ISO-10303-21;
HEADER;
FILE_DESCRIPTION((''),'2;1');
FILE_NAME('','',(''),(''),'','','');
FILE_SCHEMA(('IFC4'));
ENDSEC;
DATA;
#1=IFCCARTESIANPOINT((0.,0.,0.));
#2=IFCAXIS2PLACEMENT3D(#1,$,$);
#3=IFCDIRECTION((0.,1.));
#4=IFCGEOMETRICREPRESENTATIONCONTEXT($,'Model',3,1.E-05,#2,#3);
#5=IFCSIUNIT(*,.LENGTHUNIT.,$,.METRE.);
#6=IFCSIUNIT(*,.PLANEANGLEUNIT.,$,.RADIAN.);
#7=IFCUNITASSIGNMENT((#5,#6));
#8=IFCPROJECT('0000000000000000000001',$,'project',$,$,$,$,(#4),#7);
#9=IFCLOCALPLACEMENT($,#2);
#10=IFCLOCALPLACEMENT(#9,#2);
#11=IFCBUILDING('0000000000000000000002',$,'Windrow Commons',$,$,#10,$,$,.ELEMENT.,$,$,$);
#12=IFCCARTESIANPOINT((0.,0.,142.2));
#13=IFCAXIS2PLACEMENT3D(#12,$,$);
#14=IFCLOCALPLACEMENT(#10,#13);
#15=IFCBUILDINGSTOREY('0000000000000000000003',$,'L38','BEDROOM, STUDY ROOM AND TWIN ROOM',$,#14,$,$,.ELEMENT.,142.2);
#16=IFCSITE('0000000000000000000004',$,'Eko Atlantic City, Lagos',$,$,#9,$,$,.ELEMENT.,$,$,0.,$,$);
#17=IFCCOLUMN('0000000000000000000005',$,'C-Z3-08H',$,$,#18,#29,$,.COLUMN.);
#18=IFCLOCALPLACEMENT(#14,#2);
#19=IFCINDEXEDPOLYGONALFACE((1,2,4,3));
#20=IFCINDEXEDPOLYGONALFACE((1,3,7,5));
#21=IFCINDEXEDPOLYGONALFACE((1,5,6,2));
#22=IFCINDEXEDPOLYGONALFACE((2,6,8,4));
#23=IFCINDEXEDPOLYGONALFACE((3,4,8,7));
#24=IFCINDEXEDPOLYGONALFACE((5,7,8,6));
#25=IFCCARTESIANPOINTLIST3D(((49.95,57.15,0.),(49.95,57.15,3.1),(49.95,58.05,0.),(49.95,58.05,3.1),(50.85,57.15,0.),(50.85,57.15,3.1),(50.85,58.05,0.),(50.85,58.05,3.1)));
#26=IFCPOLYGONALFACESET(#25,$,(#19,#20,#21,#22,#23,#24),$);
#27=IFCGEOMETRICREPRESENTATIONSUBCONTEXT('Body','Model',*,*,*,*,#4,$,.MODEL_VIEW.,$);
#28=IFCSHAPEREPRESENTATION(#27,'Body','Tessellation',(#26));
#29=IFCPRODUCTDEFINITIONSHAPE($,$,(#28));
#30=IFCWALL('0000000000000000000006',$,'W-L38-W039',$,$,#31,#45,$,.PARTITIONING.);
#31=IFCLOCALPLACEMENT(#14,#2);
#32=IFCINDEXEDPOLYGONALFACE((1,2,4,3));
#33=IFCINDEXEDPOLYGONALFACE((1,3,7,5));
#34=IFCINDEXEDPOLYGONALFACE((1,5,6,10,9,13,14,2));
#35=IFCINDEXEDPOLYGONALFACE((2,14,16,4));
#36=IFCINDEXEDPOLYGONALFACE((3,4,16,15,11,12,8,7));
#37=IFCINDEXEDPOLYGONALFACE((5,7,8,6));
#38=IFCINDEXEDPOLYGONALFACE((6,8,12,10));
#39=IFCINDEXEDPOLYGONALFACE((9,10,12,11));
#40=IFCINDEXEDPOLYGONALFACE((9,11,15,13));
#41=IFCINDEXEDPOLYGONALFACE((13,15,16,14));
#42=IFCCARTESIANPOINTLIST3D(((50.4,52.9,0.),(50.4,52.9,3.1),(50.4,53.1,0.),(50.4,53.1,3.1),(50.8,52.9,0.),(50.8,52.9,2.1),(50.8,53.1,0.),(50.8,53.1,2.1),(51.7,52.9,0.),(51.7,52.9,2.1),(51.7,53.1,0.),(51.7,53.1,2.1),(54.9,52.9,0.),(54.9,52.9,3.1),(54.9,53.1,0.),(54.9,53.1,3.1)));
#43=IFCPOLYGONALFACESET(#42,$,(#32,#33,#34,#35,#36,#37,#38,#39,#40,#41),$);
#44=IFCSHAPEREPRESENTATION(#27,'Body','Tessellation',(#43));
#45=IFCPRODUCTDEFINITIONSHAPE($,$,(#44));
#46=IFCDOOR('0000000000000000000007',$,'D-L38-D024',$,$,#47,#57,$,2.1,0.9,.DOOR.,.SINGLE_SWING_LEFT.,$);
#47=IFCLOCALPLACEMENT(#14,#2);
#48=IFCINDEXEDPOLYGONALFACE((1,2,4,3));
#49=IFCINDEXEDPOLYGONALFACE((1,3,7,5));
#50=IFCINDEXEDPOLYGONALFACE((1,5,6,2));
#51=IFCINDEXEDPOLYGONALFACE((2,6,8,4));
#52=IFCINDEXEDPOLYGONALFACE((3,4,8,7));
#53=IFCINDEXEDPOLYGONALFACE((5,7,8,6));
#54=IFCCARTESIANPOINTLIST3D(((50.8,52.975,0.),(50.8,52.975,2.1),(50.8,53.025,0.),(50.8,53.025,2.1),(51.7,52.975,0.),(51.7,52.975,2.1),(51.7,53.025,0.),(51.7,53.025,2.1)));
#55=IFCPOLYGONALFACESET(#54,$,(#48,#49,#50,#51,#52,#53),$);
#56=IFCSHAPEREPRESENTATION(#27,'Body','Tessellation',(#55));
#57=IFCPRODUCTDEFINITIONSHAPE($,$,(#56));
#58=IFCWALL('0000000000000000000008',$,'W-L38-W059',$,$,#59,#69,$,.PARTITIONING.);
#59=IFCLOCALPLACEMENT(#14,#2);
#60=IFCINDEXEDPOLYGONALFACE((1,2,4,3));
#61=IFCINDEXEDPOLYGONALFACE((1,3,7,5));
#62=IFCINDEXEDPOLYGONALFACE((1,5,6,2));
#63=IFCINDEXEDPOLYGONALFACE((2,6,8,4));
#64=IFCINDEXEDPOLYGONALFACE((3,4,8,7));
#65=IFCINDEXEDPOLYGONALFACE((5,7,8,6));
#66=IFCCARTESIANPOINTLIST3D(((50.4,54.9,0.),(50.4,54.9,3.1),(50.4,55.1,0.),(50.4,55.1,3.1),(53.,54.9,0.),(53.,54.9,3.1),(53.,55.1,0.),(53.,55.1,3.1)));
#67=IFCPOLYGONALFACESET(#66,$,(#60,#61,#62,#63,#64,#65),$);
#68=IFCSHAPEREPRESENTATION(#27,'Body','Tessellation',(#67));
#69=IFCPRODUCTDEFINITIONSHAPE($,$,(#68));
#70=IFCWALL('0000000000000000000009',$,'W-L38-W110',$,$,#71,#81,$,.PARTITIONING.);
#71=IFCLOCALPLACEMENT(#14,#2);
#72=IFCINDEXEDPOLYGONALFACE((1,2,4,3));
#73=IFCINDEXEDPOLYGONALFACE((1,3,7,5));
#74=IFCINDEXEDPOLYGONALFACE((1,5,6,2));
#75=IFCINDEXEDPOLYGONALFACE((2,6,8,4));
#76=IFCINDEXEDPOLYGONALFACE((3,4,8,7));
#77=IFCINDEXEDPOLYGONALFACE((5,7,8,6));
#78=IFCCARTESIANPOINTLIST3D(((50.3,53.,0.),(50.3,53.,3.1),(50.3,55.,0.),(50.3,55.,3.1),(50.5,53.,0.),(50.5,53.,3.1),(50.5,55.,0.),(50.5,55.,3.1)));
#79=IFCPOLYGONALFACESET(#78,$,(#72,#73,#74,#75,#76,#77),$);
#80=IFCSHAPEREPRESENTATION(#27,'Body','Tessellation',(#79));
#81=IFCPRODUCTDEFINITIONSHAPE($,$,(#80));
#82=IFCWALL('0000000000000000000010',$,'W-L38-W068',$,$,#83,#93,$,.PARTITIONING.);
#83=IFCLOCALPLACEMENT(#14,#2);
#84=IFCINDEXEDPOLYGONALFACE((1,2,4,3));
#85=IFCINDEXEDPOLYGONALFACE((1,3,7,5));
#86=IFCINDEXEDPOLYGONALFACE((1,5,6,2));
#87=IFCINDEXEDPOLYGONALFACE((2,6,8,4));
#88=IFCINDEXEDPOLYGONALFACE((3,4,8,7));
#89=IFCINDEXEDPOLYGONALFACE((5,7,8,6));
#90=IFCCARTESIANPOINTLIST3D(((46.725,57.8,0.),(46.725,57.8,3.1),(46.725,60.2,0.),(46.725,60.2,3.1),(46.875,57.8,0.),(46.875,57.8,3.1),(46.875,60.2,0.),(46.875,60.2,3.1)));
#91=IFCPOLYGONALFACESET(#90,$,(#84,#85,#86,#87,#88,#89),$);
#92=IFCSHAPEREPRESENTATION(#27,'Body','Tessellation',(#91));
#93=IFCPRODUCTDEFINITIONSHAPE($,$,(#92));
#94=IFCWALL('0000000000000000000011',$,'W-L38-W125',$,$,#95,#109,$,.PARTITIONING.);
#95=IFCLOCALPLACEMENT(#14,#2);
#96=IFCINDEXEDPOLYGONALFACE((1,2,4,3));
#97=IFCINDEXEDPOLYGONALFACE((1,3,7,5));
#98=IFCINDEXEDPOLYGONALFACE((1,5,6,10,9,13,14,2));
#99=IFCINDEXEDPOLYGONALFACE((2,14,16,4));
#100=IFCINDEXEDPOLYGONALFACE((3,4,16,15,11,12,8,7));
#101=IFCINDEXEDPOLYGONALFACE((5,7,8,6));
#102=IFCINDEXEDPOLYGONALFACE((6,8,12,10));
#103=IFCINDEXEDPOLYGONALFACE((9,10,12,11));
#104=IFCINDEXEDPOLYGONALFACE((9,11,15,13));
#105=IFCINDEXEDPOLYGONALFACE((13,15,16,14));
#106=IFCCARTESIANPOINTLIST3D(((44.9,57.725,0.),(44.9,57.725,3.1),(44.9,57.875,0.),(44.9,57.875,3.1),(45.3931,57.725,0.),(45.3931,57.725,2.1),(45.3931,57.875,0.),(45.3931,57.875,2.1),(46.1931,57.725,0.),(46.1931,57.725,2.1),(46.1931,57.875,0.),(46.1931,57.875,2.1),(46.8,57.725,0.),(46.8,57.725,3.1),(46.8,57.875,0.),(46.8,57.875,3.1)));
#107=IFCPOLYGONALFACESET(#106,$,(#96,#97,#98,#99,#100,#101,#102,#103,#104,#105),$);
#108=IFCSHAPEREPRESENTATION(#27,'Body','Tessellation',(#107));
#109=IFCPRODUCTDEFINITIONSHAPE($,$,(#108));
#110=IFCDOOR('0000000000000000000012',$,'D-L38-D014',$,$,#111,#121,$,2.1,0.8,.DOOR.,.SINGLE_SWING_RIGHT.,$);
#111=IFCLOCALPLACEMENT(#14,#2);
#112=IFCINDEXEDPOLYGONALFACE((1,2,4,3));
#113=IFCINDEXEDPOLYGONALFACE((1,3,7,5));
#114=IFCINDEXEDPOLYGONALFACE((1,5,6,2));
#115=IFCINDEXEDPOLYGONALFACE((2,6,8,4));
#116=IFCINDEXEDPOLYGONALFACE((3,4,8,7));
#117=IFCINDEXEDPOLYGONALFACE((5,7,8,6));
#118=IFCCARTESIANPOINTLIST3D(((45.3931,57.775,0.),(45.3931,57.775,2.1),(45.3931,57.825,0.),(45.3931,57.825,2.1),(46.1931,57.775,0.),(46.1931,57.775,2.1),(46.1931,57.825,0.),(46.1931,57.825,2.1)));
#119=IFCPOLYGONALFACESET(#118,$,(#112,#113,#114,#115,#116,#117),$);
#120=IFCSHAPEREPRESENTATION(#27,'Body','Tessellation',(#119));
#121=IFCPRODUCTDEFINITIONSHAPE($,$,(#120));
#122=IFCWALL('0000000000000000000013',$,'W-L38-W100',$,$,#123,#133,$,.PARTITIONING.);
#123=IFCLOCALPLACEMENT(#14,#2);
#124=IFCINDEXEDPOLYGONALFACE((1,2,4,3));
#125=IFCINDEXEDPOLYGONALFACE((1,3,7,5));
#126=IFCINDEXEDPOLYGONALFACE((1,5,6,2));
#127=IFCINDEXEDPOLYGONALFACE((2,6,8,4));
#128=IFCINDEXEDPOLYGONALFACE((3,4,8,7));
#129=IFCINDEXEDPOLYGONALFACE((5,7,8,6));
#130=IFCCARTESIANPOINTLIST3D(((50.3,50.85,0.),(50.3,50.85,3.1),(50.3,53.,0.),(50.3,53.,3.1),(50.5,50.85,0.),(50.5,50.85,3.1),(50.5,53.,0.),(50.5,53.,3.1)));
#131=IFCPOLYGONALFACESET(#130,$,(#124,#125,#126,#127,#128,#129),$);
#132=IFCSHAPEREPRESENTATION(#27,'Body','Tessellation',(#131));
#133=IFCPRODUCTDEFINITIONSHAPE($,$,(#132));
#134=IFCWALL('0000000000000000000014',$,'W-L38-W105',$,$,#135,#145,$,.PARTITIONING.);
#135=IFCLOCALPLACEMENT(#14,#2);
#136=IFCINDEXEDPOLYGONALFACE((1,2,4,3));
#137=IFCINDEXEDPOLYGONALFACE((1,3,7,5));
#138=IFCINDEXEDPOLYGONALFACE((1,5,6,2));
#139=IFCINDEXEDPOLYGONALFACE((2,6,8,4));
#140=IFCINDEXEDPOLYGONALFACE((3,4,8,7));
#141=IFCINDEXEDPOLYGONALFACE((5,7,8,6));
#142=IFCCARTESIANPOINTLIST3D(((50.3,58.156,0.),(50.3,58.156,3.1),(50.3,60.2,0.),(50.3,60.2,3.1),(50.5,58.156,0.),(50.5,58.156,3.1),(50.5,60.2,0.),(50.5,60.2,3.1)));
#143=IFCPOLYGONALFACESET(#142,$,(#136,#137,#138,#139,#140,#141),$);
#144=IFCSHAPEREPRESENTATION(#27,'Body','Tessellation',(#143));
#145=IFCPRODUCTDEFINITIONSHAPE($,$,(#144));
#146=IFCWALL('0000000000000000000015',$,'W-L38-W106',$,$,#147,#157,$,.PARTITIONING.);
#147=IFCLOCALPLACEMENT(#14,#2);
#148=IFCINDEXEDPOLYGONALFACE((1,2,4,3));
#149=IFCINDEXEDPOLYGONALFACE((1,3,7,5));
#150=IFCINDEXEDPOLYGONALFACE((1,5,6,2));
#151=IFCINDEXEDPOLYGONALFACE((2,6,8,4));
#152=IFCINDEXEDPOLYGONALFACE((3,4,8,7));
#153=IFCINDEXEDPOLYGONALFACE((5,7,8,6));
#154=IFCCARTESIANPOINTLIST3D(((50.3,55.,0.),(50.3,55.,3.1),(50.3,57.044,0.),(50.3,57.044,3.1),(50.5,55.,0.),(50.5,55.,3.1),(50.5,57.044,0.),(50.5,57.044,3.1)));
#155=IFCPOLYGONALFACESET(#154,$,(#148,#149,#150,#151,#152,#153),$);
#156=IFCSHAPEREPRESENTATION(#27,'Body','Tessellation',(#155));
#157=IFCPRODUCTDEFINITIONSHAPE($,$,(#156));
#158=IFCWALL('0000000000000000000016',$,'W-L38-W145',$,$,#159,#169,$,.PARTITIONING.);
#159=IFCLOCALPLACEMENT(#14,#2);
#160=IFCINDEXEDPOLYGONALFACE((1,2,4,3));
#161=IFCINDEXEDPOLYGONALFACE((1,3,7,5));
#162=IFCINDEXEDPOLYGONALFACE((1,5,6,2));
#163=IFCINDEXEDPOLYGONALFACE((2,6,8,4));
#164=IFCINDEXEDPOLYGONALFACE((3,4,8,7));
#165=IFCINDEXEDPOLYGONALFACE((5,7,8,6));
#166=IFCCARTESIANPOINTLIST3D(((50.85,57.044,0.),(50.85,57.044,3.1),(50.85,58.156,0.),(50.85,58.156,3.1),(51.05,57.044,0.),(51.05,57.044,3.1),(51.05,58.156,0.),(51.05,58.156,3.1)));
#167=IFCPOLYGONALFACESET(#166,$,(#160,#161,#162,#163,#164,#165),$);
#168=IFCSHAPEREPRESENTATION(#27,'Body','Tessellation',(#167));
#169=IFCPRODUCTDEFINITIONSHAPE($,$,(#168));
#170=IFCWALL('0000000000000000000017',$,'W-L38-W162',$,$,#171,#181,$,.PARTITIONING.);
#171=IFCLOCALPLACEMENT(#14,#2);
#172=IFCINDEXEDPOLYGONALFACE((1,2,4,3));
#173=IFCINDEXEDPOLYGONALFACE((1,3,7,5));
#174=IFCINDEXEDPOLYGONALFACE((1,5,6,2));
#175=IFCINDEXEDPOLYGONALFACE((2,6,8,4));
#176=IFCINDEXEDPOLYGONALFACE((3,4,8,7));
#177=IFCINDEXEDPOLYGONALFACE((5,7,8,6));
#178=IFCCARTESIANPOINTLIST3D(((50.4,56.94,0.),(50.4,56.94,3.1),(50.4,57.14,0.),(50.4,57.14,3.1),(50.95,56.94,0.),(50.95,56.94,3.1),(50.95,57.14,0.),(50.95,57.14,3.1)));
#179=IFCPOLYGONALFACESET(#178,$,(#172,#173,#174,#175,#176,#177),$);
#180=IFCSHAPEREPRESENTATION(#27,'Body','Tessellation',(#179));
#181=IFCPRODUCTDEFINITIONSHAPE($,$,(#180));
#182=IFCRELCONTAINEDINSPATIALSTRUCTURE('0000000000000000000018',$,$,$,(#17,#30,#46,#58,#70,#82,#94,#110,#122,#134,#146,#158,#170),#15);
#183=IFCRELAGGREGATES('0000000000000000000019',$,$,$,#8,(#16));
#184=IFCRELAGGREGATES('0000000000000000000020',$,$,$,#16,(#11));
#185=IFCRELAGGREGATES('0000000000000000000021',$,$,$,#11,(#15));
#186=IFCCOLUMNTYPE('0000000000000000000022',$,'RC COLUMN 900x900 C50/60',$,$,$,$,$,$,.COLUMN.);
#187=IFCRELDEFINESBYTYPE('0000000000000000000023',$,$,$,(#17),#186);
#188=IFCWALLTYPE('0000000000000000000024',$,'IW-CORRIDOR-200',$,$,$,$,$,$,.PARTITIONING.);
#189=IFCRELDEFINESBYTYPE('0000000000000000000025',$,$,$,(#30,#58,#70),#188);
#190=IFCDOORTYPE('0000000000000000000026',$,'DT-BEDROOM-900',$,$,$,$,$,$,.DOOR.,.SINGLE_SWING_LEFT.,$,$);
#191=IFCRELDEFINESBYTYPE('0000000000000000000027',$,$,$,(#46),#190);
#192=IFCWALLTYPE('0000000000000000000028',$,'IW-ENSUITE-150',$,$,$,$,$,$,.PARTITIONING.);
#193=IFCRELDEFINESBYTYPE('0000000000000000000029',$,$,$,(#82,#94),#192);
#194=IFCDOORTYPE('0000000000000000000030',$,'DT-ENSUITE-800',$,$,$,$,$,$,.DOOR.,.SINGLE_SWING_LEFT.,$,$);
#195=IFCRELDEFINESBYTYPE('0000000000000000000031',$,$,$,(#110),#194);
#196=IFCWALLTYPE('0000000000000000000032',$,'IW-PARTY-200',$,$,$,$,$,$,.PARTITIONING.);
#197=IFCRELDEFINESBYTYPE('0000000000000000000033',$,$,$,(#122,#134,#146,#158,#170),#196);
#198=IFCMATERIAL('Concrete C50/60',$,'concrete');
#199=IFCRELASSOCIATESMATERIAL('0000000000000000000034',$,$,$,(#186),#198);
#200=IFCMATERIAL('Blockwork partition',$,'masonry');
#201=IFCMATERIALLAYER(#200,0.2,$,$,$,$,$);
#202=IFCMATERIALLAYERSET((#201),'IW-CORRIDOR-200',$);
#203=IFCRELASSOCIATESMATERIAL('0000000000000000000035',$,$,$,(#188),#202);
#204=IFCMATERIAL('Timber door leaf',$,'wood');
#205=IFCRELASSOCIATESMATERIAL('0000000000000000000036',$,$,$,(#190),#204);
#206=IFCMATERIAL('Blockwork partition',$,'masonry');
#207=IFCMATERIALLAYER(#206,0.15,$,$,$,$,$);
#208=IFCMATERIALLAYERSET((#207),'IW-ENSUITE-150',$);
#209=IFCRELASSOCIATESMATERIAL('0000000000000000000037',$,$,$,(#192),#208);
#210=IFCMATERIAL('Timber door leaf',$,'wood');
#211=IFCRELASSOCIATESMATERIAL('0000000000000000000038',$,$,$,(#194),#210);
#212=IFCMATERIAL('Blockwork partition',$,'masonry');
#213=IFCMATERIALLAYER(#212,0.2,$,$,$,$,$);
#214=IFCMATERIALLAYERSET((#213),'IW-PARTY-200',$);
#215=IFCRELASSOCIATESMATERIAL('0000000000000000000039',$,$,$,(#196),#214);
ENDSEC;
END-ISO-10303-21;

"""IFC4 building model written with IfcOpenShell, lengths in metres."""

from ifc_helpers import new_model, si_unit, direction, frame, frame_2d, origin, origin_2d, place, context, subcontext, project, spatial, rectangle, extrude, material, layer, layer_set, material_profile, profile_set, type_object, element, fill, save


model = new_model("IFC4")

# Units and contexts
model_context = context("Model", 3, precision=1e-05, world=origin(), true_north=direction((0.0, 1.0)))
body_context = subcontext(model_context, "Body", "Model", "MODEL_VIEW")
ifc_project = project(units=[si_unit("LENGTHUNIT", "METRE"), si_unit("PLANEANGLEUNIT", "RADIAN")], contexts=[model_context])

# Site, building, storey
site_placement = place(None, origin())
site = spatial("IfcSite", under=ifc_project, at=site_placement, Name="Eko Atlantic City, Lagos", CompositionType="ELEMENT", RefElevation=0.0)
building_placement = place(site_placement, origin())
building = spatial("IfcBuilding", under=site, at=building_placement, Name="Windrow Commons", CompositionType="ELEMENT")
storey_placement = place(building_placement, frame((0.0, 0.0, 142.2)))
storey = spatial("IfcBuildingStorey", under=building, at=storey_placement, Name="L38", Description="BEDROOM, STUDY ROOM AND TWIN ROOM", CompositionType="ELEMENT", Elevation=142.2)

# Column
ifc_material_1 = material(Name="Concrete C50/60", Category="concrete")
ifc_material_profile = material_profile(ifc_material_1, rectangle(XDim=0.9, YDim=0.9, at=origin_2d()))
ifc_profile_set = profile_set([ifc_material_profile], Name="Concrete C50/60")
column_type = type_object("IfcColumnType", Name="RC COLUMN 900x900 C50/60", PredefinedType="COLUMN", material=ifc_profile_set)
column_placement = place(storey_placement, frame((50.4, 57.6, 0.0), z_axis=(0.0, 0.0, 1.0), x_axis=(1.0, 0.0, 0.0)))
element("IfcColumn", 1, at=column_placement, inside=storey, type_object=column_type, Name="C-Z3-08H", PredefinedType="COLUMN", context=body_context, shape_type="SweptSolid", body=[
    extrude(rectangle(XDim=0.9, YDim=0.9, at=origin_2d()), origin(), (0.0, 0.0, 1.0), 3.1),
])

# Wall, opening, door
ifc_material_2 = material(Name="Blockwork partition", Category="masonry")
ifc_layer_1 = layer(ifc_material_2, 0.2)
ifc_layer_set_1 = layer_set([ifc_layer_1], Name="IW-CORRIDOR-200")
wall_type_1 = type_object("IfcWallType", Name="IW-CORRIDOR-200", PredefinedType="PARTITIONING", material=ifc_layer_set_1)
wall_1_placement = place(storey_placement, frame((50.4, 53.0, 0.0), z_axis=(0.0, 0.0, 1.0), x_axis=(1.0, 0.0, 0.0)))
wall_1 = element("IfcWall", 2, at=wall_1_placement, inside=storey, type_object=wall_type_1, Name="W-L38-W039", PredefinedType="PARTITIONING", context=body_context, shape_type="SweptSolid", body=[
    extrude(rectangle(XDim=4.5, YDim=0.2, at=frame_2d((2.25, 0.0))), origin(), (0.0, 0.0, 1.0), 3.1),
])
opening_1_placement = place(wall_1_placement, frame((0.4, 0.0, 0.0)))
opening_1 = element("IfcOpeningElement", 3, at=opening_1_placement, cuts=wall_1, PredefinedType="OPENING", context=body_context, shape_type="SweptSolid", body=[
    extrude(rectangle(XDim=0.9, YDim=2.1, at=frame_2d((0.45, 1.05))), frame((0.0, 0.11, 0.0), z_axis=(0.0, -1.0, 0.0), x_axis=(1.0, 0.0, 0.0)), (0.0, 0.0, 1.0), 0.22),
])
ifc_material_3 = material(Name="Timber door leaf", Category="wood")
door_type_1 = type_object("IfcDoorType", Name="DT-BEDROOM-900", OperationType="SINGLE_SWING_LEFT", PredefinedType="DOOR", material=ifc_material_3)
door_1_placement = place(opening_1_placement, origin())
door_1 = element("IfcDoor", 4, at=door_1_placement, inside=storey, type_object=door_type_1, Name="D-L38-D024", OperationType="SINGLE_SWING_LEFT", OverallHeight=2.1, OverallWidth=0.9, PredefinedType="DOOR", context=body_context, shape_type="SweptSolid", body=[
    extrude(rectangle(XDim=0.9, YDim=2.1, at=frame_2d((0.45, 1.05))), frame((0.0, 0.025, 0.0), z_axis=(0.0, -1.0, 0.0), x_axis=(1.0, 0.0, 0.0)), (0.0, 0.0, 1.0), 0.05),
])
fill(opening_1, door_1)

# Walls
wall_2_placement = place(storey_placement, frame((50.4, 55.0, 0.0), z_axis=(0.0, 0.0, 1.0), x_axis=(1.0, 0.0, 0.0)))
element("IfcWall", 5, at=wall_2_placement, inside=storey, type_object=wall_type_1, Name="W-L38-W059", PredefinedType="PARTITIONING", context=body_context, shape_type="SweptSolid", body=[
    extrude(rectangle(XDim=2.6, YDim=0.2, at=frame_2d((1.3, 0.0))), origin(), (0.0, 0.0, 1.0), 3.1),
])
wall_3_placement = place(storey_placement, frame((50.4, 53.0, 0.0), z_axis=(0.0, 0.0, 1.0), x_axis=(0.0, 1.0, 0.0)))
element("IfcWall", 6, at=wall_3_placement, inside=storey, type_object=wall_type_1, Name="W-L38-W110", PredefinedType="PARTITIONING", context=body_context, shape_type="SweptSolid", body=[
    extrude(rectangle(XDim=2.0, YDim=0.2, at=frame_2d((1.0, 0.0))), origin(), (0.0, 0.0, 1.0), 3.1),
])
ifc_material_4 = material(Name="Blockwork partition", Category="masonry")
ifc_layer_2 = layer(ifc_material_4, 0.15)
ifc_layer_set_2 = layer_set([ifc_layer_2], Name="IW-ENSUITE-150")
wall_type_2 = type_object("IfcWallType", Name="IW-ENSUITE-150", PredefinedType="PARTITIONING", material=ifc_layer_set_2)
wall_4_placement = place(storey_placement, frame((46.8, 57.8, 0.0), z_axis=(0.0, 0.0, 1.0), x_axis=(0.0, 1.0, 0.0)))
element("IfcWall", 7, at=wall_4_placement, inside=storey, type_object=wall_type_2, Name="W-L38-W068", PredefinedType="PARTITIONING", context=body_context, shape_type="SweptSolid", body=[
    extrude(rectangle(XDim=2.4, YDim=0.15, at=frame_2d((1.2, 0.0))), origin(), (0.0, 0.0, 1.0), 3.1),
])

# Wall, opening, door
wall_5_placement = place(storey_placement, frame((44.9, 57.8, 0.0), z_axis=(0.0, 0.0, 1.0), x_axis=(1.0, 0.0, 0.0)))
wall_5 = element("IfcWall", 8, at=wall_5_placement, inside=storey, type_object=wall_type_2, Name="W-L38-W125", PredefinedType="PARTITIONING", context=body_context, shape_type="SweptSolid", body=[
    extrude(rectangle(XDim=1.9, YDim=0.15, at=frame_2d((0.95, 0.0))), origin(), (0.0, 0.0, 1.0), 3.1),
])
opening_2_placement = place(wall_5_placement, frame((0.4931, 0.0, 0.0)))
opening_2 = element("IfcOpeningElement", 9, at=opening_2_placement, cuts=wall_5, PredefinedType="OPENING", context=body_context, shape_type="SweptSolid", body=[
    extrude(rectangle(XDim=0.8, YDim=2.1, at=frame_2d((0.4, 1.05))), frame((0.0, 0.085, 0.0), z_axis=(0.0, -1.0, 0.0), x_axis=(1.0, 0.0, 0.0)), (0.0, 0.0, 1.0), 0.17),
])
ifc_material_5 = material(Name="Timber door leaf", Category="wood")
door_type_2 = type_object("IfcDoorType", Name="DT-ENSUITE-800", OperationType="SINGLE_SWING_LEFT", PredefinedType="DOOR", material=ifc_material_5)
door_2_placement = place(opening_2_placement, origin())
door_2 = element("IfcDoor", 10, at=door_2_placement, inside=storey, type_object=door_type_2, Name="D-L38-D014", OperationType="SINGLE_SWING_RIGHT", OverallHeight=2.1, OverallWidth=0.8, PredefinedType="DOOR", context=body_context, shape_type="SweptSolid", body=[
    extrude(rectangle(XDim=0.8, YDim=2.1, at=frame_2d((0.4, 1.05))), frame((0.0, 0.025, 0.0), z_axis=(0.0, -1.0, 0.0), x_axis=(1.0, 0.0, 0.0)), (0.0, 0.0, 1.0), 0.05),
])
fill(opening_2, door_2)

# Walls
ifc_material_6 = material(Name="Blockwork partition", Category="masonry")
ifc_layer_3 = layer(ifc_material_6, 0.2)
ifc_layer_set_3 = layer_set([ifc_layer_3], Name="IW-PARTY-200")
wall_type_3 = type_object("IfcWallType", Name="IW-PARTY-200", PredefinedType="PARTITIONING", material=ifc_layer_set_3)
wall_6_placement = place(storey_placement, frame((50.4, 50.85, 0.0), z_axis=(0.0, 0.0, 1.0), x_axis=(0.0, 1.0, 0.0)))
element("IfcWall", 11, at=wall_6_placement, inside=storey, type_object=wall_type_3, Name="W-L38-W100", PredefinedType="PARTITIONING", context=body_context, shape_type="SweptSolid", body=[
    extrude(rectangle(XDim=2.15, YDim=0.2, at=frame_2d((1.075, 0.0))), origin(), (0.0, 0.0, 1.0), 3.1),
])
for number, where, z_axis, x_axis, name in (
    (12, (50.4, 58.156, 0.0), (0.0, 0.0, 1.0), (0.0, 1.0, 0.0), "W-L38-W105"),
    (13, (50.4, 55.0, 0.0), (0.0, 0.0, 1.0), (0.0, 1.0, 0.0), "W-L38-W106"),
):
    element("IfcWall", number, at=place(storey_placement, frame(where, z_axis=z_axis, x_axis=x_axis)), inside=storey, type_object=wall_type_3, Name=name, PredefinedType="PARTITIONING", context=body_context, shape_type="SweptSolid", body=[
        extrude(rectangle(XDim=2.044, YDim=0.2, at=frame_2d((1.022, 0.0))), origin(), (0.0, 0.0, 1.0), 3.1),
    ])
wall_7_placement = place(storey_placement, frame((50.95, 57.044, 0.0), z_axis=(0.0, 0.0, 1.0), x_axis=(0.0, 1.0, 0.0)))
element("IfcWall", 14, at=wall_7_placement, inside=storey, type_object=wall_type_3, Name="W-L38-W145", PredefinedType="PARTITIONING", context=body_context, shape_type="SweptSolid", body=[
    extrude(rectangle(XDim=1.112, YDim=0.2, at=frame_2d((0.556, 0.0))), origin(), (0.0, 0.0, 1.0), 3.1),
])
for number, where, z_axis, x_axis, name in (
    (15, (50.4, 57.04, 0.0), (0.0, 0.0, 1.0), (1.0, 0.0, 0.0), "W-L38-W162"),
):
    element("IfcWall", number, at=place(storey_placement, frame(where, z_axis=z_axis, x_axis=x_axis)), inside=storey, type_object=wall_type_3, Name=name, PredefinedType="PARTITIONING", context=body_context, shape_type="SweptSolid", body=[
        extrude(rectangle(XDim=0.55, YDim=0.2, at=frame_2d((0.275, 0.0))), origin(), (0.0, 0.0, 1.0), 3.1),
    ])

save(model, "model.ifc")
